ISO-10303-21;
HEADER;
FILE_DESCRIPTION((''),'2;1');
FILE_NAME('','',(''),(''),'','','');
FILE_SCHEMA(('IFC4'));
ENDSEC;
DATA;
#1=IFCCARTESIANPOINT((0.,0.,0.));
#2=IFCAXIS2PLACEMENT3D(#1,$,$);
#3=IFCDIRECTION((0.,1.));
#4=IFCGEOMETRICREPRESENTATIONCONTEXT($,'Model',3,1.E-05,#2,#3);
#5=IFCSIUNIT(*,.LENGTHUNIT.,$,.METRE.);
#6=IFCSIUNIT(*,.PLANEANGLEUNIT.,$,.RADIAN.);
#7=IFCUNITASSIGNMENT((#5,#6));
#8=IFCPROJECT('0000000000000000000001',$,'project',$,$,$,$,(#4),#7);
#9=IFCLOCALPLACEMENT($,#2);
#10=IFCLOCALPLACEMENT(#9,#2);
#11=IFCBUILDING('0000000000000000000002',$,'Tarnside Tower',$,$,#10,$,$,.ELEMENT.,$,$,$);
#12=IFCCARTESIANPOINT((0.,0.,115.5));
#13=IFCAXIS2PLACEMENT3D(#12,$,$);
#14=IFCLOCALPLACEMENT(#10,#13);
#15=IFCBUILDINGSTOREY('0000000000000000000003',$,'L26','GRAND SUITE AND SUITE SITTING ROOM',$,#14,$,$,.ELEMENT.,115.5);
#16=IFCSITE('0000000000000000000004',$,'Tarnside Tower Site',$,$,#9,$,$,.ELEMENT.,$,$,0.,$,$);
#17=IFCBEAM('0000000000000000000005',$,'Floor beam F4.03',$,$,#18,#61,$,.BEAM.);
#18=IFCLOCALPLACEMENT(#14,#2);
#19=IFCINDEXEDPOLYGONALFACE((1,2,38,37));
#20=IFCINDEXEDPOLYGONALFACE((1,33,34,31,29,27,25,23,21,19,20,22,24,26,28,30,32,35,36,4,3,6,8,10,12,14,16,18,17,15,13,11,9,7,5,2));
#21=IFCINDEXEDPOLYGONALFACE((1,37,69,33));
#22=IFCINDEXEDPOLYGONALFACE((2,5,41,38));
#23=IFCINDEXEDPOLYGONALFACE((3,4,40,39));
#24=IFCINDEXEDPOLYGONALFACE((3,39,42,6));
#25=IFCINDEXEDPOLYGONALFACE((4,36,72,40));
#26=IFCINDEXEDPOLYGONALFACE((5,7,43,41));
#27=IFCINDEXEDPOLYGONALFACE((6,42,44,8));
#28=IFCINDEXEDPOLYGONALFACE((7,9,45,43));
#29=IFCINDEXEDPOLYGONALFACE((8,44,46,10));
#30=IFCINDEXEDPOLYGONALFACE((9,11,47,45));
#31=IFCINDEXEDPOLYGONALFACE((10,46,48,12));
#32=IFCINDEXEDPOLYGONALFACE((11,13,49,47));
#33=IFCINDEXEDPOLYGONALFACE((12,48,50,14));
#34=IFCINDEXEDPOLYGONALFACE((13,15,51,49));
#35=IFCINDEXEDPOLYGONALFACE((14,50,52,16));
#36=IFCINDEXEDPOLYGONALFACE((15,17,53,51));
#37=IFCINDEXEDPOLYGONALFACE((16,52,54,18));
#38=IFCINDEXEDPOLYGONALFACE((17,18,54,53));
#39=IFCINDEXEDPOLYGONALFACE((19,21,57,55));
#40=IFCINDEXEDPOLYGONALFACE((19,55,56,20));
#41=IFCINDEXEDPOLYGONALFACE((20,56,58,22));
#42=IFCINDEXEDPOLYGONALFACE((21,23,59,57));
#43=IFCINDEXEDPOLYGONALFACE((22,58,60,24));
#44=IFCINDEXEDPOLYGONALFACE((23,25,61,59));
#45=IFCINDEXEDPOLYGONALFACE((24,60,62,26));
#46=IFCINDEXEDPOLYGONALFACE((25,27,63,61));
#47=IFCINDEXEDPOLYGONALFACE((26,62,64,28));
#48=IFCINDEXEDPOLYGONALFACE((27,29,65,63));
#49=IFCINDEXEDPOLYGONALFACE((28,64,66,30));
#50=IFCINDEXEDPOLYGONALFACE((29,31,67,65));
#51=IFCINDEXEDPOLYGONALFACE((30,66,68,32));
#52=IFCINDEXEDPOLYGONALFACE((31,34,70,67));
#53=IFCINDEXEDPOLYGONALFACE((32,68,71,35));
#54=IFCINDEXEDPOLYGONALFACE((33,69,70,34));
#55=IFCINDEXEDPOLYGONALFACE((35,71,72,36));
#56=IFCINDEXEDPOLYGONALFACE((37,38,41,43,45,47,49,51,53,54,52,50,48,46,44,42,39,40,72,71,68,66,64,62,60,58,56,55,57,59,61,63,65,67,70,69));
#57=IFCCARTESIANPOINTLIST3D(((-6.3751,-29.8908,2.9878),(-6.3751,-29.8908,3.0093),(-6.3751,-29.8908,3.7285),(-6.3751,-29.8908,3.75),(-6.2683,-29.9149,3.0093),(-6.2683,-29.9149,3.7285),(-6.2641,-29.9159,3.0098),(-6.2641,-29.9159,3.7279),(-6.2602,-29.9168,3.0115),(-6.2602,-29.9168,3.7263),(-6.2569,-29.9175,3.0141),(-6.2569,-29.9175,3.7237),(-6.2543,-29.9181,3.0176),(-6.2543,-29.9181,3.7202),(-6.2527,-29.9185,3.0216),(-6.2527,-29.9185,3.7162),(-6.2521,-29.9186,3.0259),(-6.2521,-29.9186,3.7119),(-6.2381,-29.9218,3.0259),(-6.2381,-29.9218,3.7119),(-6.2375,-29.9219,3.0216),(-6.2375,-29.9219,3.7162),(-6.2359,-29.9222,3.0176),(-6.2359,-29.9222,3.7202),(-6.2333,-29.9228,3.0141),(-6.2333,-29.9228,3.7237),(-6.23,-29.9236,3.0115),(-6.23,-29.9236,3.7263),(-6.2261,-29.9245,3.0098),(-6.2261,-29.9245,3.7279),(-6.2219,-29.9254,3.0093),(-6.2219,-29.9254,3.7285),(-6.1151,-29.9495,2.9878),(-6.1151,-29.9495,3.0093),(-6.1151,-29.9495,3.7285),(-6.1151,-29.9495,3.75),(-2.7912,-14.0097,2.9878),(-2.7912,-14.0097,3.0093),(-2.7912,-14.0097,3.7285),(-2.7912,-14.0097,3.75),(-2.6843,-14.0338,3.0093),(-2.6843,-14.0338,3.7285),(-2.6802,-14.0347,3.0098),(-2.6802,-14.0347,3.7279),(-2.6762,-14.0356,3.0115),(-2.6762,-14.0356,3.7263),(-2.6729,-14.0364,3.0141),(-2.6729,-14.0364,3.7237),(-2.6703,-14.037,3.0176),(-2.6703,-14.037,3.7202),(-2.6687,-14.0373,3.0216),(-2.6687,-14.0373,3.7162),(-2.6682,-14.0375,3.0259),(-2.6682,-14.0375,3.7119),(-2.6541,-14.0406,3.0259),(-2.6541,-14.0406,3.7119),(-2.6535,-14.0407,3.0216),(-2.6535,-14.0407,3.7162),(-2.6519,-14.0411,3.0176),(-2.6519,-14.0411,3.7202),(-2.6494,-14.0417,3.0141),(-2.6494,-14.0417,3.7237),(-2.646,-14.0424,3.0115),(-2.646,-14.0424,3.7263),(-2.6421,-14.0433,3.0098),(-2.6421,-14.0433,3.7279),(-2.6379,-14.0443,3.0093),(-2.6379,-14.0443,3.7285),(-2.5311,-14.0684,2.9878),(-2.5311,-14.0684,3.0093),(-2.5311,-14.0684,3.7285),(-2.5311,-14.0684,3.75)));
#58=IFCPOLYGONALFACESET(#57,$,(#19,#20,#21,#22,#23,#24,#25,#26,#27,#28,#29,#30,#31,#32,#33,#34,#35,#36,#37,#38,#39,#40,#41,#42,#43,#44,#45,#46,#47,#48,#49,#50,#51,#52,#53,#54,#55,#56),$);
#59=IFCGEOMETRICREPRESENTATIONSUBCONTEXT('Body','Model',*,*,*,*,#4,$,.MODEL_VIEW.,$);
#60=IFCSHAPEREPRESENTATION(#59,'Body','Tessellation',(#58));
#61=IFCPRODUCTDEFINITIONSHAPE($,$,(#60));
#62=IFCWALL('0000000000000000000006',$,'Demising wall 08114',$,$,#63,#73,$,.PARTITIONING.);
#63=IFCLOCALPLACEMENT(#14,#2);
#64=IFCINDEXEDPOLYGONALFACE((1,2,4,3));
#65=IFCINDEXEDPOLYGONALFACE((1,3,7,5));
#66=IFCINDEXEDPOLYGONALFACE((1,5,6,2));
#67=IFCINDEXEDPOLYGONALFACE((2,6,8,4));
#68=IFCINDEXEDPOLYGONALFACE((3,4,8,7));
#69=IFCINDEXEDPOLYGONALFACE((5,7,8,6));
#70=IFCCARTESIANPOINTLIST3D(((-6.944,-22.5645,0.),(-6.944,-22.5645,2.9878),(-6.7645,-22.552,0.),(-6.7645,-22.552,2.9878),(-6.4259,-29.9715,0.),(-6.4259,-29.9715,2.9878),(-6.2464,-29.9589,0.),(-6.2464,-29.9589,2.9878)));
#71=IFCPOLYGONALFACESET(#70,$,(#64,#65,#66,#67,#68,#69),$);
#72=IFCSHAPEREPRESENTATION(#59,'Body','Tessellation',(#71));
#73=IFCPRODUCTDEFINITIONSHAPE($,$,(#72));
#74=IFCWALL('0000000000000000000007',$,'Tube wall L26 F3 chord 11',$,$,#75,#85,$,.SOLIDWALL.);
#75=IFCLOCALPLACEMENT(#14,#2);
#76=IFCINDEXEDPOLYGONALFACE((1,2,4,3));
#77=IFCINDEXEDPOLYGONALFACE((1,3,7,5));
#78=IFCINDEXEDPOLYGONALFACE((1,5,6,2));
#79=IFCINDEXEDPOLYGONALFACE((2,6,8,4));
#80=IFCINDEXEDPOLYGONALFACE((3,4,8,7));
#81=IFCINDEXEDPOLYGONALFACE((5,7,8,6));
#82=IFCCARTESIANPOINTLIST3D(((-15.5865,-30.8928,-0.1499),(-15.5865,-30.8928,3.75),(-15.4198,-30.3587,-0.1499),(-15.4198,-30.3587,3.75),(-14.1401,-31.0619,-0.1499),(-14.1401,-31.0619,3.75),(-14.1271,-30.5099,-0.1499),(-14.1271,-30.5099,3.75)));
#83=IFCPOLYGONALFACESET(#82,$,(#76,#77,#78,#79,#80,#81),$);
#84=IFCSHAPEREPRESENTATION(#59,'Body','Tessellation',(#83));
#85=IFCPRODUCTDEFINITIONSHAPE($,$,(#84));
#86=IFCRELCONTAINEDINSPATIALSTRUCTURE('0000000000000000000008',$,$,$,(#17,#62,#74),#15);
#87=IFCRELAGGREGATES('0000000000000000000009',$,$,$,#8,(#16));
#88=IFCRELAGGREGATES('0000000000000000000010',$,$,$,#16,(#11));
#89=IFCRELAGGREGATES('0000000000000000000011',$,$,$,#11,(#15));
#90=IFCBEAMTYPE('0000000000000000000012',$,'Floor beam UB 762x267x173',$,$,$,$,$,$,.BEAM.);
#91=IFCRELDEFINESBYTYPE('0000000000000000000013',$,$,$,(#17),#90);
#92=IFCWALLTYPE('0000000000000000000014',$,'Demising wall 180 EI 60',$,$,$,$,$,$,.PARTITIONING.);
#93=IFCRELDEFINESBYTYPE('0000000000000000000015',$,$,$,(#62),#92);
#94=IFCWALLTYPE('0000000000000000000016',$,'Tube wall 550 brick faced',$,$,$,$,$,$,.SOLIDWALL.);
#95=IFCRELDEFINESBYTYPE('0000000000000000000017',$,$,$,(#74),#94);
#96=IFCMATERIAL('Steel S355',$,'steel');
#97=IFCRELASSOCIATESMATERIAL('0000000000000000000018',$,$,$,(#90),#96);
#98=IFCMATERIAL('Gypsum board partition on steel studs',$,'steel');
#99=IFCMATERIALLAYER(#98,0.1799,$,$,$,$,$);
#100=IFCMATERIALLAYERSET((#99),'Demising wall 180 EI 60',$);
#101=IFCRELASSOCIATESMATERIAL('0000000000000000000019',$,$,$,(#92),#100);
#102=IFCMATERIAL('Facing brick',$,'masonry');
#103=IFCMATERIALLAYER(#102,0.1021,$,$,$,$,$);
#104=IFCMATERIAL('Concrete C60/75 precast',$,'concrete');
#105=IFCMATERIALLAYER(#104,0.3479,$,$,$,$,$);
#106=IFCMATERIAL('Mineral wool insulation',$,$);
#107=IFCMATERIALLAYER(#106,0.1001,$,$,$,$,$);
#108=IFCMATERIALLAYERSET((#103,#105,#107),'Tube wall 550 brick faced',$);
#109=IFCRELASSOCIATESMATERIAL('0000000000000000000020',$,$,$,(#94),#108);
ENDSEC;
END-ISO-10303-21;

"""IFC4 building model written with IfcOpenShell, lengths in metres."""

from ifc_helpers import new_model, si_unit, direction, frame, frame_2d, origin, origin_2d, place, context, subcontext, project, spatial, polyline, rectangle, i_section, outline, extrude, material, layer, layer_set, material_profile, profile_set, type_object, element, save


model = new_model("IFC4")

# Units and contexts
model_context = context("Model", 3, precision=1e-05, world=origin(), true_north=direction((0.0, 1.0)))
body_context = subcontext(model_context, "Body", "Model", "MODEL_VIEW")
ifc_project = project(units=[si_unit("LENGTHUNIT", "METRE"), si_unit("PLANEANGLEUNIT", "RADIAN")], contexts=[model_context])

# Site, building, storey
site_placement = place(None, origin())
site = spatial("IfcSite", under=ifc_project, at=site_placement, Name="Tarnside Tower Site", CompositionType="ELEMENT", RefElevation=0.0)
building_placement = place(site_placement, origin())
building = spatial("IfcBuilding", under=site, at=building_placement, Name="Tarnside Tower", CompositionType="ELEMENT")
storey_placement = place(building_placement, frame((0.0, 0.0, 115.5)))
storey = spatial("IfcBuildingStorey", under=building, at=storey_placement, Name="L26", Description="GRAND SUITE AND SUITE SITTING ROOM", CompositionType="ELEMENT", Elevation=115.5)

# Beam
ifc_material_1 = material(Name="Steel S355", Category="steel")
ifc_material_profile_1 = material_profile(ifc_material_1, i_section(OverallWidth=0.2666, OverallDepth=0.7622, WebThickness=0.0144, FlangeThickness=0.0215, FilletRadius=0.0166, at=origin_2d()), Name="UB 762x267x173")
ifc_profile_set_1 = profile_set([ifc_material_profile_1], Name="Steel S355")
beam_type_1 = type_object("IfcBeamType", Name="Floor beam UB 762x267x173", PredefinedType="BEAM", material=ifc_profile_set_1)
beam_1_placement = place(storey_placement, frame((-6.2451, -29.9202, 3.3689), z_axis=(0.22014, 0.975468, 0.0), x_axis=(-0.975468, 0.22014, 0.0)))
element("IfcBeam", 1, at=beam_1_placement, inside=storey, type_object=beam_type_1, Name="Floor beam F4.03", PredefinedType="BEAM", context=body_context, shape_type="SweptSolid", body=[
    extrude(i_section(OverallWidth=0.2666, OverallDepth=0.7622, WebThickness=0.0144, FlangeThickness=0.0215, FilletRadius=0.0166, at=origin_2d()), origin(), (0.0, 0.0, 1.0), 16.2805),
])

# Walls
ifc_material_2 = material(Name="Gypsum board partition on steel studs", Category="steel")
ifc_layer_1 = layer(ifc_material_2, 0.1799)
ifc_layer_set_1 = layer_set([ifc_layer_1], Name="Demising wall 180 EI 60")
wall_type_1 = type_object("IfcWallType", Name="Demising wall 180 EI 60", PredefinedType="PARTITIONING", material=ifc_layer_set_1)
wall_1_placement = place(storey_placement, frame((-6.3362, -29.9651, 0.0), z_axis=(0.0, 0.0, 1.0), x_axis=(-0.069773, 0.997563, 0.0)))
element("IfcWall", 2, at=wall_1_placement, inside=storey, type_object=wall_type_1, Name="Demising wall 08114", PredefinedType="PARTITIONING", context=body_context, shape_type="SweptSolid", body=[
    extrude(rectangle(XDim=7.425, YDim=0.1799, at=frame_2d((3.7124, 0.0))), origin(), (0.0, 0.0, 1.0), 2.9878),
])
ifc_material_3 = material(Name="Facing brick", Category="masonry")
ifc_layer_2 = layer(ifc_material_3, 0.1021)
ifc_material_4 = material(Name="Concrete C60/75 precast", Category="concrete")
ifc_layer_3 = layer(ifc_material_4, 0.3479)
ifc_material_5 = material(Name="Mineral wool insulation")
ifc_layer_4 = layer(ifc_material_5, 0.1001)
ifc_layer_set_2 = layer_set([ifc_layer_2, ifc_layer_3, ifc_layer_4], Name="Tube wall 550 brick faced")
wall_type_2 = type_object("IfcWallType", Name="Tube wall 550 brick faced", PredefinedType="SOLIDWALL", material=ifc_layer_set_2)
wall_2_placement = place(storey_placement, frame((-15.5032, -30.6257, -0.1499), z_axis=(0.0, 0.0, 1.0), x_axis=(0.993233, -0.116143, 0.0)))
element("IfcWall", 3, at=wall_2_placement, inside=storey, type_object=wall_type_2, Name="Tube wall L26 F3 chord 11", PredefinedType="SOLIDWALL", context=body_context, shape_type="SweptSolid", body=[
    extrude(outline(polyline([(-0.0518, -0.2749), (1.4045, -0.2749), (1.3533, 0.2749), (0.0518, 0.2749), (-0.0518, -0.2749)])), origin(), (0.0, 0.0, 1.0), 3.8999),
])

save(model, "model.ifc")
